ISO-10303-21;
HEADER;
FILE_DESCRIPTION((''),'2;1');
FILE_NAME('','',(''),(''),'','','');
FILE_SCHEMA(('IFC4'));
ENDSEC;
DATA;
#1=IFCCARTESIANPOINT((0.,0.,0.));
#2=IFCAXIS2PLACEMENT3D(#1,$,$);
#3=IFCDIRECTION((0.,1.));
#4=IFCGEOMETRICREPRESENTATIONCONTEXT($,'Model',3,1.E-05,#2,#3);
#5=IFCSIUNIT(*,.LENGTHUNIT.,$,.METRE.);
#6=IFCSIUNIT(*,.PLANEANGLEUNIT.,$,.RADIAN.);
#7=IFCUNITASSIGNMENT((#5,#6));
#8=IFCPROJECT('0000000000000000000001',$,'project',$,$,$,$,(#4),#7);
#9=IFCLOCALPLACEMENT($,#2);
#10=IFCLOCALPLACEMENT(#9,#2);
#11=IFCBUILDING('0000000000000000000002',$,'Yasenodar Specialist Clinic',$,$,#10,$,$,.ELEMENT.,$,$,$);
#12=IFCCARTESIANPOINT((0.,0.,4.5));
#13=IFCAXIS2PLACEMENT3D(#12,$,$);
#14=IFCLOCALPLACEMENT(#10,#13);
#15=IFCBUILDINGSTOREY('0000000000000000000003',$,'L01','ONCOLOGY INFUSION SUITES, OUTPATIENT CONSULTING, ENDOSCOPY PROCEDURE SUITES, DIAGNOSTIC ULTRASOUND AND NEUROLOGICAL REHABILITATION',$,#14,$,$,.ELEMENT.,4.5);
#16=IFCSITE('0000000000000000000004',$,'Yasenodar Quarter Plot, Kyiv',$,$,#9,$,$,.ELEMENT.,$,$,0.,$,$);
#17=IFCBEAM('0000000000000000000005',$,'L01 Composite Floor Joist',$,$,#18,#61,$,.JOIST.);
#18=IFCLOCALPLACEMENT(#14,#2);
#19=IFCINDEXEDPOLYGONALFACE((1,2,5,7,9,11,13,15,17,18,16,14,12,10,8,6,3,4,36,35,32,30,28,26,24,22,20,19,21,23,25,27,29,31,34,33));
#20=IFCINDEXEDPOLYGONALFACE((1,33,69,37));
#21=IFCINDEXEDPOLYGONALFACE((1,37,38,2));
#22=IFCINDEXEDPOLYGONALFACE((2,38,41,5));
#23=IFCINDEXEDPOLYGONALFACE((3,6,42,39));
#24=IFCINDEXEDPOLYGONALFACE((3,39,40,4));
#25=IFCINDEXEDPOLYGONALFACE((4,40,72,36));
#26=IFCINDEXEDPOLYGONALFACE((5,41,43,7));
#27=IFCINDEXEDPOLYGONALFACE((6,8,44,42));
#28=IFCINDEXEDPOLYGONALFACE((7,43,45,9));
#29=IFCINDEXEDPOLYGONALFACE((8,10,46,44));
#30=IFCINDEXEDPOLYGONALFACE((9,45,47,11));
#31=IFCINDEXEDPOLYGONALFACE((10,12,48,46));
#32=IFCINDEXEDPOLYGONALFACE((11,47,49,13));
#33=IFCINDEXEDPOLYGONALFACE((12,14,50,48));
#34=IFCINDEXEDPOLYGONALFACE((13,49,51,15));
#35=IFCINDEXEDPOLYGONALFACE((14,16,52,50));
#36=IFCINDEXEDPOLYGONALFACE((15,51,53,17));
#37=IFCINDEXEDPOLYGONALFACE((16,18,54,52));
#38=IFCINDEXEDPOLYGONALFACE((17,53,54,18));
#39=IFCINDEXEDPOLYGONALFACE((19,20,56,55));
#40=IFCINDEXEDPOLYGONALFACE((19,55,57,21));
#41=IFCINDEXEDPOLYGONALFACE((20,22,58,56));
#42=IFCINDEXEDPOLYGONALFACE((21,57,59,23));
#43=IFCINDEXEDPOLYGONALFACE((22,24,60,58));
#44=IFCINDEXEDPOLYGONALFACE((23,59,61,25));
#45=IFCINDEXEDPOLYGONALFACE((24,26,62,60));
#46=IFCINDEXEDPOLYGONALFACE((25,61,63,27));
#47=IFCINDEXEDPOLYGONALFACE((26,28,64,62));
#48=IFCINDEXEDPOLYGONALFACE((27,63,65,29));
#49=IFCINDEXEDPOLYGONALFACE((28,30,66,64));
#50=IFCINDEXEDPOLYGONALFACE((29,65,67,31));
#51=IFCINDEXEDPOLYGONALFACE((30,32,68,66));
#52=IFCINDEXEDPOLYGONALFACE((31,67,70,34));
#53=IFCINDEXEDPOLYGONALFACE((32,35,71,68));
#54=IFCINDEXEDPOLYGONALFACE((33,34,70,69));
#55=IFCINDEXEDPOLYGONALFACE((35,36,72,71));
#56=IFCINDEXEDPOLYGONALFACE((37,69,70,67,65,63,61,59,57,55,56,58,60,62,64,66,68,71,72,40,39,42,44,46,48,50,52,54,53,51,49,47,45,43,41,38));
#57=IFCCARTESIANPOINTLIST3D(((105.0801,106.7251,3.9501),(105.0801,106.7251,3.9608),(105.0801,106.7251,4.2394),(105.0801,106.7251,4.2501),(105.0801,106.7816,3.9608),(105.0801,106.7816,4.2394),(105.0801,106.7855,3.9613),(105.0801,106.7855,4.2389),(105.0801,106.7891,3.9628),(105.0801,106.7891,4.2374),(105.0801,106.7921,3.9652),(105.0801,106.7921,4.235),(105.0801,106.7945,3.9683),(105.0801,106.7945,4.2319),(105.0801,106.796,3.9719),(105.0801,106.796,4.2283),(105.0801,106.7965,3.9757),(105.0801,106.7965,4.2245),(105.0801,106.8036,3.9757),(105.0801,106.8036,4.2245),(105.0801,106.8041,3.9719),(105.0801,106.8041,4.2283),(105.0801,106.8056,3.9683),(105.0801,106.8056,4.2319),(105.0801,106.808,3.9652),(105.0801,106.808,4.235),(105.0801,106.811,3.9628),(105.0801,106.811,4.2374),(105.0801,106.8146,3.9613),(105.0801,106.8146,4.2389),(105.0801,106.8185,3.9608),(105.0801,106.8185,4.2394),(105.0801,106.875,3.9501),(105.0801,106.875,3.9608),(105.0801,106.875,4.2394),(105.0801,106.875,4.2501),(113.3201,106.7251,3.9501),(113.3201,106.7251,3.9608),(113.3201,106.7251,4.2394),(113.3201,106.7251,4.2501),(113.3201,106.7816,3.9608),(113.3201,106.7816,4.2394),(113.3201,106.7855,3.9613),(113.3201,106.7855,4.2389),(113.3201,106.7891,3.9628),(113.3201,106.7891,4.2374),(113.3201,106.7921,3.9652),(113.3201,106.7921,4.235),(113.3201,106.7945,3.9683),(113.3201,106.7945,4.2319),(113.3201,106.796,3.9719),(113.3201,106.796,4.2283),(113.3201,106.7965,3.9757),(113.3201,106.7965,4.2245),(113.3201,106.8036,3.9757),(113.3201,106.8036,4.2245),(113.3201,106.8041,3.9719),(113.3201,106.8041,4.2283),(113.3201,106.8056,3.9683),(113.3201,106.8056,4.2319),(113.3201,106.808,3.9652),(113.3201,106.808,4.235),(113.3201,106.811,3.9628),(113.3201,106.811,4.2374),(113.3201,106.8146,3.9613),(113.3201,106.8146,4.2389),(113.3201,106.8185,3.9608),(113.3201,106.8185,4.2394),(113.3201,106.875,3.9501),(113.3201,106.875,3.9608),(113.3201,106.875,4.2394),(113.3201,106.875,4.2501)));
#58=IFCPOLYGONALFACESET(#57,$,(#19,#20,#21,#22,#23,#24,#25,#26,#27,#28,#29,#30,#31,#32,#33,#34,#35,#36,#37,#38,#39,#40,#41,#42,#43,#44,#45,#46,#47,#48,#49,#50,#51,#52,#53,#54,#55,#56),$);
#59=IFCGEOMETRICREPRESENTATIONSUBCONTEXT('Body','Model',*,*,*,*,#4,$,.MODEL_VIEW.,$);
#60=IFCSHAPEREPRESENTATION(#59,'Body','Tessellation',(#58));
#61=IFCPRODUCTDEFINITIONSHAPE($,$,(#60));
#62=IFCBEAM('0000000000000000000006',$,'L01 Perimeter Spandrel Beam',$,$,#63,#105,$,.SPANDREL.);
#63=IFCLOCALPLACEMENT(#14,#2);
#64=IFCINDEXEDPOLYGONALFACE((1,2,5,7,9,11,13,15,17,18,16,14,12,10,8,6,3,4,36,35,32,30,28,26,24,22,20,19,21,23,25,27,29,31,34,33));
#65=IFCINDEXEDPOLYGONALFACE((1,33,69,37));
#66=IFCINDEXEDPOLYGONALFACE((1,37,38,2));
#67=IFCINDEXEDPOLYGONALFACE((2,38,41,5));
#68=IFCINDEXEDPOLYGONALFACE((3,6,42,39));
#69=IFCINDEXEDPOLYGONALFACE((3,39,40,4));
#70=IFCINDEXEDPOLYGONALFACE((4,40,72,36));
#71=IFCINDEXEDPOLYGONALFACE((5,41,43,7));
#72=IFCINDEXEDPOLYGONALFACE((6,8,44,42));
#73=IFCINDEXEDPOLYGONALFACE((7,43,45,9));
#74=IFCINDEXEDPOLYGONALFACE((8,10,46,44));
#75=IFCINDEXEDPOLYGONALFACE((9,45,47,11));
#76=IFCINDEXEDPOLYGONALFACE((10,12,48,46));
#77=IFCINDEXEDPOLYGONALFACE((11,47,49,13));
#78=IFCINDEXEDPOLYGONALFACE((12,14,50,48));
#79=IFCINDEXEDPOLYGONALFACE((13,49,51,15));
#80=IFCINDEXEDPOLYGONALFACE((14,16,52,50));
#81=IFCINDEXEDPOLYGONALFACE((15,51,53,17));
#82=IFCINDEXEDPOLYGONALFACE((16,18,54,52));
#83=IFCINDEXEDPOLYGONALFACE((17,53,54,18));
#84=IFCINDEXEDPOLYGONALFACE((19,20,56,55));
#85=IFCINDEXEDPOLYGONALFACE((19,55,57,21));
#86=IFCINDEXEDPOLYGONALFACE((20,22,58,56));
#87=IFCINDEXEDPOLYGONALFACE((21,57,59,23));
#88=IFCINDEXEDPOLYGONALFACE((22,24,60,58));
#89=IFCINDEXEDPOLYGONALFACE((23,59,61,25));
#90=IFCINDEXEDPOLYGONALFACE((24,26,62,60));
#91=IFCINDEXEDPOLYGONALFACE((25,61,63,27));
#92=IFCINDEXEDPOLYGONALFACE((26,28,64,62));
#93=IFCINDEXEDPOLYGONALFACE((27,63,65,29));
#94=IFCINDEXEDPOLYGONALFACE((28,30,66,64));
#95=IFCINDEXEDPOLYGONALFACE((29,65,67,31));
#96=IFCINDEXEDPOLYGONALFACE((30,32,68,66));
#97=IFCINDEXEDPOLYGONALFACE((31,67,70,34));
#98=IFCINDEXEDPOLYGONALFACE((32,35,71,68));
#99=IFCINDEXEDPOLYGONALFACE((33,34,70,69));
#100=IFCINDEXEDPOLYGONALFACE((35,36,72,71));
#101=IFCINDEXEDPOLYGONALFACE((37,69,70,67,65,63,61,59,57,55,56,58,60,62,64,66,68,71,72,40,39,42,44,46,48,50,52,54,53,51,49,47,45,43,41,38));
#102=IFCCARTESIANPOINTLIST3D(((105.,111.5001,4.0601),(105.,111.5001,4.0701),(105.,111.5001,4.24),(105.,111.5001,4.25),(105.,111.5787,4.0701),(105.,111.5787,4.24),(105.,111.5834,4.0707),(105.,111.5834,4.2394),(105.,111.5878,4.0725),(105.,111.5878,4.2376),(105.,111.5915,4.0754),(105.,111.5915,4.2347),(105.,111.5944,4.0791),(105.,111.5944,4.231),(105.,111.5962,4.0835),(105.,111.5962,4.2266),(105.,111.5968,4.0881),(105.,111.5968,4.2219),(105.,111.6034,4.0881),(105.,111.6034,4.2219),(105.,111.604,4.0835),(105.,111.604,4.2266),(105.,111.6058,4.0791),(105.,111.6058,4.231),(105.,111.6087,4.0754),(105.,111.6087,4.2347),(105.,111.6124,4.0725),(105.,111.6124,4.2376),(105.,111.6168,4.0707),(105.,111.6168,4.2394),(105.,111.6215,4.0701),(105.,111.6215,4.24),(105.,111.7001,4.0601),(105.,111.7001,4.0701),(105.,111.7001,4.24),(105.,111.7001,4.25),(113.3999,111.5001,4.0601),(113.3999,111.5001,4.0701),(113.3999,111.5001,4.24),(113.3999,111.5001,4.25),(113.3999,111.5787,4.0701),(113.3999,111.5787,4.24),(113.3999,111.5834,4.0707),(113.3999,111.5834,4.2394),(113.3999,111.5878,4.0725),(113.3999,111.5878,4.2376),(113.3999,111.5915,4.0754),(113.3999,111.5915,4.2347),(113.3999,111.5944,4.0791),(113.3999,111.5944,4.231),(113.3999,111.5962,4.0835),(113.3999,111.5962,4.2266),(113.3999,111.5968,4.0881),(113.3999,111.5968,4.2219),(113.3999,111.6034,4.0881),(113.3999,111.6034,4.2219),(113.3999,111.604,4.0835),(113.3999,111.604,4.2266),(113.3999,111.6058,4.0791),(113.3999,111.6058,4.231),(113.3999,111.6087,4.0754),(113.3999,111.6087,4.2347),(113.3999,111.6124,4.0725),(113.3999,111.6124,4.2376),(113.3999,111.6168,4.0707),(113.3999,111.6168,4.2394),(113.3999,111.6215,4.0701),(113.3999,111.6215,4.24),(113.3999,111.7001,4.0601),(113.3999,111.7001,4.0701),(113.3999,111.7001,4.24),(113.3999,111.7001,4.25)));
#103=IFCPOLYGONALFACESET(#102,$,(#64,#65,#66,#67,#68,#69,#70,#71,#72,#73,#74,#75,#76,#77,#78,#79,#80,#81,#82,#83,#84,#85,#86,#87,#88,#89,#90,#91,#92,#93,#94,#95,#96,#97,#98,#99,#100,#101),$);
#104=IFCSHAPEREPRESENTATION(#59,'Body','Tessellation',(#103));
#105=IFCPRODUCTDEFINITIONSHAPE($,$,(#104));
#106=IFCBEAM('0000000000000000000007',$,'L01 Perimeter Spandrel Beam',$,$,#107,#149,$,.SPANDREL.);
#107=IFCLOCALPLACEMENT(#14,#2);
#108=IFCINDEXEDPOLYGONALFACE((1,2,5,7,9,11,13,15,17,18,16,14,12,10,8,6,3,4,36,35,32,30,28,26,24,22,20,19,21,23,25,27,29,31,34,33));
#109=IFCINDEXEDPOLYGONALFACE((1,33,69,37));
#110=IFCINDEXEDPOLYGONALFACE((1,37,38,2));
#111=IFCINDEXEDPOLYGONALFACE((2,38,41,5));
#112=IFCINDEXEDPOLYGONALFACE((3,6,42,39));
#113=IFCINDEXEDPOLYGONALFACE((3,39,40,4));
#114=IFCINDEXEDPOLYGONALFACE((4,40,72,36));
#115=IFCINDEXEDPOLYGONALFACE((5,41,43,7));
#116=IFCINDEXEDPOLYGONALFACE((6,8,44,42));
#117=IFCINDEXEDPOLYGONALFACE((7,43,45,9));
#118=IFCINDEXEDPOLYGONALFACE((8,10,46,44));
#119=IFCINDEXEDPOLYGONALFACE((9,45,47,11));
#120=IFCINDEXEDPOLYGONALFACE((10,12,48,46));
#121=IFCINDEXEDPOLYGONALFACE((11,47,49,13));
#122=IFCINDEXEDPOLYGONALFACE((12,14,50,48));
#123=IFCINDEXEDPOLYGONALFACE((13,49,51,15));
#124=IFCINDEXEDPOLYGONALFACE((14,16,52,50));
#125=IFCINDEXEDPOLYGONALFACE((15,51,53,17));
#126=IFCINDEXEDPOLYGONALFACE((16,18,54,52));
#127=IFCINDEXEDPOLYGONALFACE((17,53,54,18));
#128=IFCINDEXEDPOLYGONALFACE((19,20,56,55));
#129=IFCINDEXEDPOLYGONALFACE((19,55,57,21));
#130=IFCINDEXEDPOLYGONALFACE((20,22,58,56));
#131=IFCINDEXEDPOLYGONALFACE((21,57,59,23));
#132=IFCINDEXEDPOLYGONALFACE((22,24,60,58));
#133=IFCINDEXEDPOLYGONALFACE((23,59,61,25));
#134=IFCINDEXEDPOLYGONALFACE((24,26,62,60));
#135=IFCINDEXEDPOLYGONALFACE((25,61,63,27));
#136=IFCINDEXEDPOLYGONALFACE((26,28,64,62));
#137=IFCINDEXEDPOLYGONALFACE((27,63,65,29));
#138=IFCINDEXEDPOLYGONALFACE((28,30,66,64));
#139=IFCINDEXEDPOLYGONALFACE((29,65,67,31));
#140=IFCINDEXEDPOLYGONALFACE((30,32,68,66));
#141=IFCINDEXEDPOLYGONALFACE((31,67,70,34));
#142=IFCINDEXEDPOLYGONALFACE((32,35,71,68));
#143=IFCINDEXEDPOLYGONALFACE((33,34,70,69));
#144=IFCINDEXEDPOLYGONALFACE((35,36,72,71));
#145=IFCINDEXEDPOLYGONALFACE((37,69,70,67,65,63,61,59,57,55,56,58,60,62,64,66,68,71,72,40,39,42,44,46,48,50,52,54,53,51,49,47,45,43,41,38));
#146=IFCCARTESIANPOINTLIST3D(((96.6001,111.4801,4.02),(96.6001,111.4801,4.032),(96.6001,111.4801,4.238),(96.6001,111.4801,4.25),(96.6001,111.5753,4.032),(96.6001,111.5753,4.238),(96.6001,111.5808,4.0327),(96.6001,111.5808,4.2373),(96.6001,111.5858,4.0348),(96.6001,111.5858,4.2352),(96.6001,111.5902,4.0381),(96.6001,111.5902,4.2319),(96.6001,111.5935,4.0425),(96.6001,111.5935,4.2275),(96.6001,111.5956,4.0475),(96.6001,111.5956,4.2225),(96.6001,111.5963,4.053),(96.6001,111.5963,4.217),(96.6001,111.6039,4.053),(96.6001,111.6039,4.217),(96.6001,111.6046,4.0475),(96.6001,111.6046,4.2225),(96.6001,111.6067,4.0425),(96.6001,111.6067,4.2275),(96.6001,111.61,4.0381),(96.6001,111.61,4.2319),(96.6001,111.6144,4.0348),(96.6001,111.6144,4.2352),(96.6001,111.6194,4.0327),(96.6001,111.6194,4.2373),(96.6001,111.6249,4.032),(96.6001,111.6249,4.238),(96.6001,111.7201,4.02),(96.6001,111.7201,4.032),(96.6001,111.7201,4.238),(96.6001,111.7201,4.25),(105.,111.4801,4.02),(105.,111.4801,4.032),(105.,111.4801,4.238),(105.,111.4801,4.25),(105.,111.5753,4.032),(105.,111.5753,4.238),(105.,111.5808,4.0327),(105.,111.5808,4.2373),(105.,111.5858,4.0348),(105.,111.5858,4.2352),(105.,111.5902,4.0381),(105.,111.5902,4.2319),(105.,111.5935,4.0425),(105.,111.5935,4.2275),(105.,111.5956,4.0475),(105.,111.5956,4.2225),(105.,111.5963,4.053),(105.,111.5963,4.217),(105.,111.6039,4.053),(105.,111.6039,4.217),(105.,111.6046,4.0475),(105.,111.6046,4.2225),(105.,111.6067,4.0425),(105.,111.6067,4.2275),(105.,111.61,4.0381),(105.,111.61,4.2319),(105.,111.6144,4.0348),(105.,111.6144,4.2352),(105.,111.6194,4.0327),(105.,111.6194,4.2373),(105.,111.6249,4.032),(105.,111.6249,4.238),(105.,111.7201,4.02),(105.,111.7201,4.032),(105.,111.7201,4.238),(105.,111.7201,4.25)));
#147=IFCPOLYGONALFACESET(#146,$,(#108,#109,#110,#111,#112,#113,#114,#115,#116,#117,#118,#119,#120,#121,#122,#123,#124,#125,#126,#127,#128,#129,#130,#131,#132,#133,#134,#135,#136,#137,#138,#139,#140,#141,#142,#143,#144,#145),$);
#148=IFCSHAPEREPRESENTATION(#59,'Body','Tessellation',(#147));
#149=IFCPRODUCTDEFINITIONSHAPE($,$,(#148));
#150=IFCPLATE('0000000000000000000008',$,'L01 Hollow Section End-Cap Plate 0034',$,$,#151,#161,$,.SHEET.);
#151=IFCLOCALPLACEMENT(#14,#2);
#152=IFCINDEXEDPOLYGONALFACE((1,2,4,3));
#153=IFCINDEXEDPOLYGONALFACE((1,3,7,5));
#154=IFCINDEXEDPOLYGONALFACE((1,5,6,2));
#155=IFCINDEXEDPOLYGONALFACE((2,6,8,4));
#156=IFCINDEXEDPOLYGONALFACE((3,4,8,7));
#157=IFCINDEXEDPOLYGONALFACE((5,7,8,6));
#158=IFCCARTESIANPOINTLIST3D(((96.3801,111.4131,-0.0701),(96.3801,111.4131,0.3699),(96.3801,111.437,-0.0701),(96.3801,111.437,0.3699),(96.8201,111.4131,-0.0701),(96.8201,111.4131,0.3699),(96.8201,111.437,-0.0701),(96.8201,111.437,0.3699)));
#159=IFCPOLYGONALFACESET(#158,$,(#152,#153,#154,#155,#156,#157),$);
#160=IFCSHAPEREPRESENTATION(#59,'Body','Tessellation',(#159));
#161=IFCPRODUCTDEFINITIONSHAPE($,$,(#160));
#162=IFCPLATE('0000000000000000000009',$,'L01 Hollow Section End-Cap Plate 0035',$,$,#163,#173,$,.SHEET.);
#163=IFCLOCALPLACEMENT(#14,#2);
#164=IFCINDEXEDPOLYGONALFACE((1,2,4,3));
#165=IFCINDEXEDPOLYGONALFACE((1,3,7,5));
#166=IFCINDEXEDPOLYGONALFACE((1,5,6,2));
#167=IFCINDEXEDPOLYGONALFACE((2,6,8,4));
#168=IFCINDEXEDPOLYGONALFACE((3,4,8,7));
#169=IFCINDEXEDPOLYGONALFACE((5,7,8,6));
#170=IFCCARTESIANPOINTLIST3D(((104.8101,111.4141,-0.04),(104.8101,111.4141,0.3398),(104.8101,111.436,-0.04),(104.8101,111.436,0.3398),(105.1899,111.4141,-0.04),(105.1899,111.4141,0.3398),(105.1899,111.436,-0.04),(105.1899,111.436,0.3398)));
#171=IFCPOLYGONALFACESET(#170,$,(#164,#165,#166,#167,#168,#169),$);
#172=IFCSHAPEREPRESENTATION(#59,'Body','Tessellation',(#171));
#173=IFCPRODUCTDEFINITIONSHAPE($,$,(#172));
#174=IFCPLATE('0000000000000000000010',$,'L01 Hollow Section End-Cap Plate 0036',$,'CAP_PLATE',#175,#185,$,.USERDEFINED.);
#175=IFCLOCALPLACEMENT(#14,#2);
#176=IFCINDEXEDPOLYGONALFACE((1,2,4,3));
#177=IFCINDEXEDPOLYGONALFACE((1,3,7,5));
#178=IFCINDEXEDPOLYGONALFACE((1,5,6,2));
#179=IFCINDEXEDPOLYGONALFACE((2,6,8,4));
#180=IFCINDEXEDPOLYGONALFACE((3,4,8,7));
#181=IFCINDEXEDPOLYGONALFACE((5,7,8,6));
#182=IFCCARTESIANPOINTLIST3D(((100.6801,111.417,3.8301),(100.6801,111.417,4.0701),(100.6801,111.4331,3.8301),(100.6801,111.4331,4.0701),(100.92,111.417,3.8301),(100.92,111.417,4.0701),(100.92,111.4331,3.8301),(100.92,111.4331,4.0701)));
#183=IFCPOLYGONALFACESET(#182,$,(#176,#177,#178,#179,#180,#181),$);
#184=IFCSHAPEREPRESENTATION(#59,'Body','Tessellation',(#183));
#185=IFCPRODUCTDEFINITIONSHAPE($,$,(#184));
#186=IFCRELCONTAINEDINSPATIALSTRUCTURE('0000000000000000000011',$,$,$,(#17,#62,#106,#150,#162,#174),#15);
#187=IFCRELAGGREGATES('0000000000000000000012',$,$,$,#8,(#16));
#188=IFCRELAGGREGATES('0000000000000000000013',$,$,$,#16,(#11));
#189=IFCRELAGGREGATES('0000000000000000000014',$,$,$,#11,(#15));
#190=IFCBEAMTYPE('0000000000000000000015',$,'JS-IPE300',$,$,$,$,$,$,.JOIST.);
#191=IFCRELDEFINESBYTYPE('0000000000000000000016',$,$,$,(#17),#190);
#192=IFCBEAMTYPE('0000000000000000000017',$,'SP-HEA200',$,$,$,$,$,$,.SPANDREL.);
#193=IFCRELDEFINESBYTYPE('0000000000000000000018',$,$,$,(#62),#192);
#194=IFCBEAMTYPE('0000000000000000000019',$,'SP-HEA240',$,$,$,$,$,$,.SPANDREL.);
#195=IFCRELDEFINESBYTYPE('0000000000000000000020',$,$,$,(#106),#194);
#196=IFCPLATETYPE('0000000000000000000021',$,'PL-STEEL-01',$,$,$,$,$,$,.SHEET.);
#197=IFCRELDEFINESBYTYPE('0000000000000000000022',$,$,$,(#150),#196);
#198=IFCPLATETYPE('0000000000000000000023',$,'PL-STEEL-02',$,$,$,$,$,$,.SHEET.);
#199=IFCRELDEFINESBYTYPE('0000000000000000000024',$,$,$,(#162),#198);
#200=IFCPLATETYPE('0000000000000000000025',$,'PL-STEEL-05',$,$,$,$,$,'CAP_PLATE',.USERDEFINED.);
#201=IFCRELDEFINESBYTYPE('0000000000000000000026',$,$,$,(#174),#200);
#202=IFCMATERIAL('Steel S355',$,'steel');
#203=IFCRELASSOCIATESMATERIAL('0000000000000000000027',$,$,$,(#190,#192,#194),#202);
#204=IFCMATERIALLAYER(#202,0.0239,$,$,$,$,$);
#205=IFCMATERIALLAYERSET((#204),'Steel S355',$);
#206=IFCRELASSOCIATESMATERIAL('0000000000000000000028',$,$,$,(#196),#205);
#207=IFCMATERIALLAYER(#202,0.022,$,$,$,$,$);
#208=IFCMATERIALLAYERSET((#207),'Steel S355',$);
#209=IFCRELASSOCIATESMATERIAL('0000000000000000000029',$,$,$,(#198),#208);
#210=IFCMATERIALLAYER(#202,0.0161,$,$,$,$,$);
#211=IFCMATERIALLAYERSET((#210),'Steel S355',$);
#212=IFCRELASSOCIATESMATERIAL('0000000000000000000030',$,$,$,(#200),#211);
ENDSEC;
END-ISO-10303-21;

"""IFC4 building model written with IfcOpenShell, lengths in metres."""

from ifc_helpers import new_model, si_unit, direction, frame, origin, origin_2d, place, context, subcontext, project, spatial, rectangle, i_section, extrude, material, layer, layer_set, material_profile, profile_set, type_object, element, save


model = new_model("IFC4")

# Units and contexts
model_context = context("Model", 3, precision=1e-05, world=origin(), true_north=direction((0.0, 1.0)))
body_context = subcontext(model_context, "Body", "Model", "MODEL_VIEW")
ifc_project = project(units=[si_unit("LENGTHUNIT", "METRE"), si_unit("PLANEANGLEUNIT", "RADIAN")], contexts=[model_context])

# Site, building, storey
site_placement = place(None, origin())
site = spatial("IfcSite", under=ifc_project, at=site_placement, Name="Yasenodar Quarter Plot, Kyiv", CompositionType="ELEMENT", RefElevation=0.0)
building_placement = place(site_placement, origin())
building = spatial("IfcBuilding", under=site, at=building_placement, Name="Yasenodar Specialist Clinic", CompositionType="ELEMENT")
storey_placement = place(building_placement, frame((0.0, 0.0, 4.5)))
storey = spatial("IfcBuildingStorey", under=building, at=storey_placement, Name="L01", Description="ONCOLOGY INFUSION SUITES, OUTPATIENT CONSULTING, ENDOSCOPY PROCEDURE SUITES, DIAGNOSTIC ULTRASOUND AND NEUROLOGICAL REHABILITATION", CompositionType="ELEMENT", Elevation=4.5)

# Shared definitions
ifc_material_1 = material(Name="Steel S355", Category="steel")

# Beams
ifc_material_profile_1 = material_profile(ifc_material_1, i_section(OverallWidth=0.1499, OverallDepth=0.3, WebThickness=0.0071, FlangeThickness=0.0107, FilletRadius=0.0149, at=origin_2d()), Name="IPE 300")
ifc_profile_set_1 = profile_set([ifc_material_profile_1], Name="Steel S355")
beam_type_1 = type_object("IfcBeamType", Name="JS-IPE300", PredefinedType="JOIST", material=ifc_profile_set_1)
for number, where, z_axis, x_axis, name in (
    (1, (105.0801, 106.8, 4.1001), (1.0, 0.0, 0.0), (0.0, 1.0, 0.0), "L01 Composite Floor Joist"),
):
    element("IfcBeam", number, at=place(storey_placement, frame(where, z_axis=z_axis, x_axis=x_axis)), inside=storey, type_object=beam_type_1, Name=name, PredefinedType="JOIST", context=body_context, shape_type="SweptSolid", body=[
        extrude(i_section(OverallWidth=0.1499, OverallDepth=0.3, WebThickness=0.0071, FlangeThickness=0.0107, FilletRadius=0.0149, at=origin_2d()), origin(), (0.0, 0.0, 1.0), 8.24),
    ])
ifc_material_profile_2 = material_profile(ifc_material_1, i_section(OverallWidth=0.2, OverallDepth=0.1899, WebThickness=0.0066, FlangeThickness=0.01, FilletRadius=0.0181, at=origin_2d()), Name="HEA 200")
ifc_profile_set_2 = profile_set([ifc_material_profile_2], Name="Steel S355")
beam_type_2 = type_object("IfcBeamType", Name="SP-HEA200", PredefinedType="SPANDREL", material=ifc_profile_set_2)
beam_1_placement = place(storey_placement, frame((105.0, 111.6001, 4.155), z_axis=(1.0, 0.0, 0.0), x_axis=(0.0, 1.0, 0.0)))
element("IfcBeam", 2, at=beam_1_placement, inside=storey, type_object=beam_type_2, Name="L01 Perimeter Spandrel Beam", PredefinedType="SPANDREL", context=body_context, shape_type="SweptSolid", body=[
    extrude(i_section(OverallWidth=0.2, OverallDepth=0.1899, WebThickness=0.0066, FlangeThickness=0.01, FilletRadius=0.0181, at=origin_2d()), origin(), (0.0, 0.0, 1.0), 8.3999),
])
ifc_material_profile_3 = material_profile(ifc_material_1, i_section(OverallWidth=0.24, OverallDepth=0.23, WebThickness=0.0076, FlangeThickness=0.012, FilletRadius=0.021, at=origin_2d()), Name="HEA 240")
ifc_profile_set_3 = profile_set([ifc_material_profile_3], Name="Steel S355")
beam_type_3 = type_object("IfcBeamType", Name="SP-HEA240", PredefinedType="SPANDREL", material=ifc_profile_set_3)
beam_2_placement = place(storey_placement, frame((96.6001, 111.6001, 4.135), z_axis=(1.0, 0.0, 0.0), x_axis=(0.0, 1.0, 0.0)))
element("IfcBeam", 3, at=beam_2_placement, inside=storey, type_object=beam_type_3, Name="L01 Perimeter Spandrel Beam", PredefinedType="SPANDREL", context=body_context, shape_type="SweptSolid", body=[
    extrude(i_section(OverallWidth=0.24, OverallDepth=0.23, WebThickness=0.0076, FlangeThickness=0.012, FilletRadius=0.021, at=origin_2d()), origin(), (0.0, 0.0, 1.0), 8.3999),
])

# Plates
ifc_layer_1 = layer(ifc_material_1, 0.0239)
ifc_layer_set_1 = layer_set([ifc_layer_1], Name="Steel S355")
plate_type_1 = type_object("IfcPlateType", Name="PL-STEEL-01", PredefinedType="SHEET", material=ifc_layer_set_1)
plate_1_placement = place(storey_placement, frame((96.6001, 111.425, -0.0701), z_axis=(0.0, 0.0, 1.0), x_axis=(1.0, 0.0, 0.0)))
element("IfcPlate", 4, at=plate_1_placement, inside=storey, type_object=plate_type_1, Name="L01 Hollow Section End-Cap Plate 0034", PredefinedType="SHEET", context=body_context, shape_type="SweptSolid", body=[
    extrude(rectangle(XDim=0.4399, YDim=0.0239, at=origin_2d()), origin(), (0.0, 0.0, 1.0), 0.4399),
])
ifc_layer_2 = layer(ifc_material_1, 0.022)
ifc_layer_set_2 = layer_set([ifc_layer_2], Name="Steel S355")
plate_type_2 = type_object("IfcPlateType", Name="PL-STEEL-02", PredefinedType="SHEET", material=ifc_layer_set_2)
plate_2_placement = place(storey_placement, frame((105.0, 111.425, -0.04), z_axis=(0.0, 0.0, 1.0), x_axis=(1.0, 0.0, 0.0)))
element("IfcPlate", 5, at=plate_2_placement, inside=storey, type_object=plate_type_2, Name="L01 Hollow Section End-Cap Plate 0035", PredefinedType="SHEET", context=body_context, shape_type="SweptSolid", body=[
    extrude(rectangle(XDim=0.3799, YDim=0.022, at=origin_2d()), origin(), (0.0, 0.0, 1.0), 0.3799),
])
ifc_layer_3 = layer(ifc_material_1, 0.0161)
ifc_layer_set_3 = layer_set([ifc_layer_3], Name="Steel S355")
plate_type_3 = type_object("IfcPlateType", Name="PL-STEEL-05", ElementType="CAP_PLATE", PredefinedType="USERDEFINED", material=ifc_layer_set_3)
plate_3_placement = place(storey_placement, frame((100.8, 111.425, 3.8301), z_axis=(0.0, 0.0, 1.0), x_axis=(1.0, 0.0, 0.0)))
element("IfcPlate", 6, at=plate_3_placement, inside=storey, type_object=plate_type_3, Name="L01 Hollow Section End-Cap Plate 0036", ObjectType="CAP_PLATE", PredefinedType="USERDEFINED", context=body_context, shape_type="SweptSolid", body=[
    extrude(rectangle(XDim=0.24, YDim=0.0161, at=origin_2d()), origin(), (0.0, 0.0, 1.0), 0.24),
])

save(model, "model.ifc")
